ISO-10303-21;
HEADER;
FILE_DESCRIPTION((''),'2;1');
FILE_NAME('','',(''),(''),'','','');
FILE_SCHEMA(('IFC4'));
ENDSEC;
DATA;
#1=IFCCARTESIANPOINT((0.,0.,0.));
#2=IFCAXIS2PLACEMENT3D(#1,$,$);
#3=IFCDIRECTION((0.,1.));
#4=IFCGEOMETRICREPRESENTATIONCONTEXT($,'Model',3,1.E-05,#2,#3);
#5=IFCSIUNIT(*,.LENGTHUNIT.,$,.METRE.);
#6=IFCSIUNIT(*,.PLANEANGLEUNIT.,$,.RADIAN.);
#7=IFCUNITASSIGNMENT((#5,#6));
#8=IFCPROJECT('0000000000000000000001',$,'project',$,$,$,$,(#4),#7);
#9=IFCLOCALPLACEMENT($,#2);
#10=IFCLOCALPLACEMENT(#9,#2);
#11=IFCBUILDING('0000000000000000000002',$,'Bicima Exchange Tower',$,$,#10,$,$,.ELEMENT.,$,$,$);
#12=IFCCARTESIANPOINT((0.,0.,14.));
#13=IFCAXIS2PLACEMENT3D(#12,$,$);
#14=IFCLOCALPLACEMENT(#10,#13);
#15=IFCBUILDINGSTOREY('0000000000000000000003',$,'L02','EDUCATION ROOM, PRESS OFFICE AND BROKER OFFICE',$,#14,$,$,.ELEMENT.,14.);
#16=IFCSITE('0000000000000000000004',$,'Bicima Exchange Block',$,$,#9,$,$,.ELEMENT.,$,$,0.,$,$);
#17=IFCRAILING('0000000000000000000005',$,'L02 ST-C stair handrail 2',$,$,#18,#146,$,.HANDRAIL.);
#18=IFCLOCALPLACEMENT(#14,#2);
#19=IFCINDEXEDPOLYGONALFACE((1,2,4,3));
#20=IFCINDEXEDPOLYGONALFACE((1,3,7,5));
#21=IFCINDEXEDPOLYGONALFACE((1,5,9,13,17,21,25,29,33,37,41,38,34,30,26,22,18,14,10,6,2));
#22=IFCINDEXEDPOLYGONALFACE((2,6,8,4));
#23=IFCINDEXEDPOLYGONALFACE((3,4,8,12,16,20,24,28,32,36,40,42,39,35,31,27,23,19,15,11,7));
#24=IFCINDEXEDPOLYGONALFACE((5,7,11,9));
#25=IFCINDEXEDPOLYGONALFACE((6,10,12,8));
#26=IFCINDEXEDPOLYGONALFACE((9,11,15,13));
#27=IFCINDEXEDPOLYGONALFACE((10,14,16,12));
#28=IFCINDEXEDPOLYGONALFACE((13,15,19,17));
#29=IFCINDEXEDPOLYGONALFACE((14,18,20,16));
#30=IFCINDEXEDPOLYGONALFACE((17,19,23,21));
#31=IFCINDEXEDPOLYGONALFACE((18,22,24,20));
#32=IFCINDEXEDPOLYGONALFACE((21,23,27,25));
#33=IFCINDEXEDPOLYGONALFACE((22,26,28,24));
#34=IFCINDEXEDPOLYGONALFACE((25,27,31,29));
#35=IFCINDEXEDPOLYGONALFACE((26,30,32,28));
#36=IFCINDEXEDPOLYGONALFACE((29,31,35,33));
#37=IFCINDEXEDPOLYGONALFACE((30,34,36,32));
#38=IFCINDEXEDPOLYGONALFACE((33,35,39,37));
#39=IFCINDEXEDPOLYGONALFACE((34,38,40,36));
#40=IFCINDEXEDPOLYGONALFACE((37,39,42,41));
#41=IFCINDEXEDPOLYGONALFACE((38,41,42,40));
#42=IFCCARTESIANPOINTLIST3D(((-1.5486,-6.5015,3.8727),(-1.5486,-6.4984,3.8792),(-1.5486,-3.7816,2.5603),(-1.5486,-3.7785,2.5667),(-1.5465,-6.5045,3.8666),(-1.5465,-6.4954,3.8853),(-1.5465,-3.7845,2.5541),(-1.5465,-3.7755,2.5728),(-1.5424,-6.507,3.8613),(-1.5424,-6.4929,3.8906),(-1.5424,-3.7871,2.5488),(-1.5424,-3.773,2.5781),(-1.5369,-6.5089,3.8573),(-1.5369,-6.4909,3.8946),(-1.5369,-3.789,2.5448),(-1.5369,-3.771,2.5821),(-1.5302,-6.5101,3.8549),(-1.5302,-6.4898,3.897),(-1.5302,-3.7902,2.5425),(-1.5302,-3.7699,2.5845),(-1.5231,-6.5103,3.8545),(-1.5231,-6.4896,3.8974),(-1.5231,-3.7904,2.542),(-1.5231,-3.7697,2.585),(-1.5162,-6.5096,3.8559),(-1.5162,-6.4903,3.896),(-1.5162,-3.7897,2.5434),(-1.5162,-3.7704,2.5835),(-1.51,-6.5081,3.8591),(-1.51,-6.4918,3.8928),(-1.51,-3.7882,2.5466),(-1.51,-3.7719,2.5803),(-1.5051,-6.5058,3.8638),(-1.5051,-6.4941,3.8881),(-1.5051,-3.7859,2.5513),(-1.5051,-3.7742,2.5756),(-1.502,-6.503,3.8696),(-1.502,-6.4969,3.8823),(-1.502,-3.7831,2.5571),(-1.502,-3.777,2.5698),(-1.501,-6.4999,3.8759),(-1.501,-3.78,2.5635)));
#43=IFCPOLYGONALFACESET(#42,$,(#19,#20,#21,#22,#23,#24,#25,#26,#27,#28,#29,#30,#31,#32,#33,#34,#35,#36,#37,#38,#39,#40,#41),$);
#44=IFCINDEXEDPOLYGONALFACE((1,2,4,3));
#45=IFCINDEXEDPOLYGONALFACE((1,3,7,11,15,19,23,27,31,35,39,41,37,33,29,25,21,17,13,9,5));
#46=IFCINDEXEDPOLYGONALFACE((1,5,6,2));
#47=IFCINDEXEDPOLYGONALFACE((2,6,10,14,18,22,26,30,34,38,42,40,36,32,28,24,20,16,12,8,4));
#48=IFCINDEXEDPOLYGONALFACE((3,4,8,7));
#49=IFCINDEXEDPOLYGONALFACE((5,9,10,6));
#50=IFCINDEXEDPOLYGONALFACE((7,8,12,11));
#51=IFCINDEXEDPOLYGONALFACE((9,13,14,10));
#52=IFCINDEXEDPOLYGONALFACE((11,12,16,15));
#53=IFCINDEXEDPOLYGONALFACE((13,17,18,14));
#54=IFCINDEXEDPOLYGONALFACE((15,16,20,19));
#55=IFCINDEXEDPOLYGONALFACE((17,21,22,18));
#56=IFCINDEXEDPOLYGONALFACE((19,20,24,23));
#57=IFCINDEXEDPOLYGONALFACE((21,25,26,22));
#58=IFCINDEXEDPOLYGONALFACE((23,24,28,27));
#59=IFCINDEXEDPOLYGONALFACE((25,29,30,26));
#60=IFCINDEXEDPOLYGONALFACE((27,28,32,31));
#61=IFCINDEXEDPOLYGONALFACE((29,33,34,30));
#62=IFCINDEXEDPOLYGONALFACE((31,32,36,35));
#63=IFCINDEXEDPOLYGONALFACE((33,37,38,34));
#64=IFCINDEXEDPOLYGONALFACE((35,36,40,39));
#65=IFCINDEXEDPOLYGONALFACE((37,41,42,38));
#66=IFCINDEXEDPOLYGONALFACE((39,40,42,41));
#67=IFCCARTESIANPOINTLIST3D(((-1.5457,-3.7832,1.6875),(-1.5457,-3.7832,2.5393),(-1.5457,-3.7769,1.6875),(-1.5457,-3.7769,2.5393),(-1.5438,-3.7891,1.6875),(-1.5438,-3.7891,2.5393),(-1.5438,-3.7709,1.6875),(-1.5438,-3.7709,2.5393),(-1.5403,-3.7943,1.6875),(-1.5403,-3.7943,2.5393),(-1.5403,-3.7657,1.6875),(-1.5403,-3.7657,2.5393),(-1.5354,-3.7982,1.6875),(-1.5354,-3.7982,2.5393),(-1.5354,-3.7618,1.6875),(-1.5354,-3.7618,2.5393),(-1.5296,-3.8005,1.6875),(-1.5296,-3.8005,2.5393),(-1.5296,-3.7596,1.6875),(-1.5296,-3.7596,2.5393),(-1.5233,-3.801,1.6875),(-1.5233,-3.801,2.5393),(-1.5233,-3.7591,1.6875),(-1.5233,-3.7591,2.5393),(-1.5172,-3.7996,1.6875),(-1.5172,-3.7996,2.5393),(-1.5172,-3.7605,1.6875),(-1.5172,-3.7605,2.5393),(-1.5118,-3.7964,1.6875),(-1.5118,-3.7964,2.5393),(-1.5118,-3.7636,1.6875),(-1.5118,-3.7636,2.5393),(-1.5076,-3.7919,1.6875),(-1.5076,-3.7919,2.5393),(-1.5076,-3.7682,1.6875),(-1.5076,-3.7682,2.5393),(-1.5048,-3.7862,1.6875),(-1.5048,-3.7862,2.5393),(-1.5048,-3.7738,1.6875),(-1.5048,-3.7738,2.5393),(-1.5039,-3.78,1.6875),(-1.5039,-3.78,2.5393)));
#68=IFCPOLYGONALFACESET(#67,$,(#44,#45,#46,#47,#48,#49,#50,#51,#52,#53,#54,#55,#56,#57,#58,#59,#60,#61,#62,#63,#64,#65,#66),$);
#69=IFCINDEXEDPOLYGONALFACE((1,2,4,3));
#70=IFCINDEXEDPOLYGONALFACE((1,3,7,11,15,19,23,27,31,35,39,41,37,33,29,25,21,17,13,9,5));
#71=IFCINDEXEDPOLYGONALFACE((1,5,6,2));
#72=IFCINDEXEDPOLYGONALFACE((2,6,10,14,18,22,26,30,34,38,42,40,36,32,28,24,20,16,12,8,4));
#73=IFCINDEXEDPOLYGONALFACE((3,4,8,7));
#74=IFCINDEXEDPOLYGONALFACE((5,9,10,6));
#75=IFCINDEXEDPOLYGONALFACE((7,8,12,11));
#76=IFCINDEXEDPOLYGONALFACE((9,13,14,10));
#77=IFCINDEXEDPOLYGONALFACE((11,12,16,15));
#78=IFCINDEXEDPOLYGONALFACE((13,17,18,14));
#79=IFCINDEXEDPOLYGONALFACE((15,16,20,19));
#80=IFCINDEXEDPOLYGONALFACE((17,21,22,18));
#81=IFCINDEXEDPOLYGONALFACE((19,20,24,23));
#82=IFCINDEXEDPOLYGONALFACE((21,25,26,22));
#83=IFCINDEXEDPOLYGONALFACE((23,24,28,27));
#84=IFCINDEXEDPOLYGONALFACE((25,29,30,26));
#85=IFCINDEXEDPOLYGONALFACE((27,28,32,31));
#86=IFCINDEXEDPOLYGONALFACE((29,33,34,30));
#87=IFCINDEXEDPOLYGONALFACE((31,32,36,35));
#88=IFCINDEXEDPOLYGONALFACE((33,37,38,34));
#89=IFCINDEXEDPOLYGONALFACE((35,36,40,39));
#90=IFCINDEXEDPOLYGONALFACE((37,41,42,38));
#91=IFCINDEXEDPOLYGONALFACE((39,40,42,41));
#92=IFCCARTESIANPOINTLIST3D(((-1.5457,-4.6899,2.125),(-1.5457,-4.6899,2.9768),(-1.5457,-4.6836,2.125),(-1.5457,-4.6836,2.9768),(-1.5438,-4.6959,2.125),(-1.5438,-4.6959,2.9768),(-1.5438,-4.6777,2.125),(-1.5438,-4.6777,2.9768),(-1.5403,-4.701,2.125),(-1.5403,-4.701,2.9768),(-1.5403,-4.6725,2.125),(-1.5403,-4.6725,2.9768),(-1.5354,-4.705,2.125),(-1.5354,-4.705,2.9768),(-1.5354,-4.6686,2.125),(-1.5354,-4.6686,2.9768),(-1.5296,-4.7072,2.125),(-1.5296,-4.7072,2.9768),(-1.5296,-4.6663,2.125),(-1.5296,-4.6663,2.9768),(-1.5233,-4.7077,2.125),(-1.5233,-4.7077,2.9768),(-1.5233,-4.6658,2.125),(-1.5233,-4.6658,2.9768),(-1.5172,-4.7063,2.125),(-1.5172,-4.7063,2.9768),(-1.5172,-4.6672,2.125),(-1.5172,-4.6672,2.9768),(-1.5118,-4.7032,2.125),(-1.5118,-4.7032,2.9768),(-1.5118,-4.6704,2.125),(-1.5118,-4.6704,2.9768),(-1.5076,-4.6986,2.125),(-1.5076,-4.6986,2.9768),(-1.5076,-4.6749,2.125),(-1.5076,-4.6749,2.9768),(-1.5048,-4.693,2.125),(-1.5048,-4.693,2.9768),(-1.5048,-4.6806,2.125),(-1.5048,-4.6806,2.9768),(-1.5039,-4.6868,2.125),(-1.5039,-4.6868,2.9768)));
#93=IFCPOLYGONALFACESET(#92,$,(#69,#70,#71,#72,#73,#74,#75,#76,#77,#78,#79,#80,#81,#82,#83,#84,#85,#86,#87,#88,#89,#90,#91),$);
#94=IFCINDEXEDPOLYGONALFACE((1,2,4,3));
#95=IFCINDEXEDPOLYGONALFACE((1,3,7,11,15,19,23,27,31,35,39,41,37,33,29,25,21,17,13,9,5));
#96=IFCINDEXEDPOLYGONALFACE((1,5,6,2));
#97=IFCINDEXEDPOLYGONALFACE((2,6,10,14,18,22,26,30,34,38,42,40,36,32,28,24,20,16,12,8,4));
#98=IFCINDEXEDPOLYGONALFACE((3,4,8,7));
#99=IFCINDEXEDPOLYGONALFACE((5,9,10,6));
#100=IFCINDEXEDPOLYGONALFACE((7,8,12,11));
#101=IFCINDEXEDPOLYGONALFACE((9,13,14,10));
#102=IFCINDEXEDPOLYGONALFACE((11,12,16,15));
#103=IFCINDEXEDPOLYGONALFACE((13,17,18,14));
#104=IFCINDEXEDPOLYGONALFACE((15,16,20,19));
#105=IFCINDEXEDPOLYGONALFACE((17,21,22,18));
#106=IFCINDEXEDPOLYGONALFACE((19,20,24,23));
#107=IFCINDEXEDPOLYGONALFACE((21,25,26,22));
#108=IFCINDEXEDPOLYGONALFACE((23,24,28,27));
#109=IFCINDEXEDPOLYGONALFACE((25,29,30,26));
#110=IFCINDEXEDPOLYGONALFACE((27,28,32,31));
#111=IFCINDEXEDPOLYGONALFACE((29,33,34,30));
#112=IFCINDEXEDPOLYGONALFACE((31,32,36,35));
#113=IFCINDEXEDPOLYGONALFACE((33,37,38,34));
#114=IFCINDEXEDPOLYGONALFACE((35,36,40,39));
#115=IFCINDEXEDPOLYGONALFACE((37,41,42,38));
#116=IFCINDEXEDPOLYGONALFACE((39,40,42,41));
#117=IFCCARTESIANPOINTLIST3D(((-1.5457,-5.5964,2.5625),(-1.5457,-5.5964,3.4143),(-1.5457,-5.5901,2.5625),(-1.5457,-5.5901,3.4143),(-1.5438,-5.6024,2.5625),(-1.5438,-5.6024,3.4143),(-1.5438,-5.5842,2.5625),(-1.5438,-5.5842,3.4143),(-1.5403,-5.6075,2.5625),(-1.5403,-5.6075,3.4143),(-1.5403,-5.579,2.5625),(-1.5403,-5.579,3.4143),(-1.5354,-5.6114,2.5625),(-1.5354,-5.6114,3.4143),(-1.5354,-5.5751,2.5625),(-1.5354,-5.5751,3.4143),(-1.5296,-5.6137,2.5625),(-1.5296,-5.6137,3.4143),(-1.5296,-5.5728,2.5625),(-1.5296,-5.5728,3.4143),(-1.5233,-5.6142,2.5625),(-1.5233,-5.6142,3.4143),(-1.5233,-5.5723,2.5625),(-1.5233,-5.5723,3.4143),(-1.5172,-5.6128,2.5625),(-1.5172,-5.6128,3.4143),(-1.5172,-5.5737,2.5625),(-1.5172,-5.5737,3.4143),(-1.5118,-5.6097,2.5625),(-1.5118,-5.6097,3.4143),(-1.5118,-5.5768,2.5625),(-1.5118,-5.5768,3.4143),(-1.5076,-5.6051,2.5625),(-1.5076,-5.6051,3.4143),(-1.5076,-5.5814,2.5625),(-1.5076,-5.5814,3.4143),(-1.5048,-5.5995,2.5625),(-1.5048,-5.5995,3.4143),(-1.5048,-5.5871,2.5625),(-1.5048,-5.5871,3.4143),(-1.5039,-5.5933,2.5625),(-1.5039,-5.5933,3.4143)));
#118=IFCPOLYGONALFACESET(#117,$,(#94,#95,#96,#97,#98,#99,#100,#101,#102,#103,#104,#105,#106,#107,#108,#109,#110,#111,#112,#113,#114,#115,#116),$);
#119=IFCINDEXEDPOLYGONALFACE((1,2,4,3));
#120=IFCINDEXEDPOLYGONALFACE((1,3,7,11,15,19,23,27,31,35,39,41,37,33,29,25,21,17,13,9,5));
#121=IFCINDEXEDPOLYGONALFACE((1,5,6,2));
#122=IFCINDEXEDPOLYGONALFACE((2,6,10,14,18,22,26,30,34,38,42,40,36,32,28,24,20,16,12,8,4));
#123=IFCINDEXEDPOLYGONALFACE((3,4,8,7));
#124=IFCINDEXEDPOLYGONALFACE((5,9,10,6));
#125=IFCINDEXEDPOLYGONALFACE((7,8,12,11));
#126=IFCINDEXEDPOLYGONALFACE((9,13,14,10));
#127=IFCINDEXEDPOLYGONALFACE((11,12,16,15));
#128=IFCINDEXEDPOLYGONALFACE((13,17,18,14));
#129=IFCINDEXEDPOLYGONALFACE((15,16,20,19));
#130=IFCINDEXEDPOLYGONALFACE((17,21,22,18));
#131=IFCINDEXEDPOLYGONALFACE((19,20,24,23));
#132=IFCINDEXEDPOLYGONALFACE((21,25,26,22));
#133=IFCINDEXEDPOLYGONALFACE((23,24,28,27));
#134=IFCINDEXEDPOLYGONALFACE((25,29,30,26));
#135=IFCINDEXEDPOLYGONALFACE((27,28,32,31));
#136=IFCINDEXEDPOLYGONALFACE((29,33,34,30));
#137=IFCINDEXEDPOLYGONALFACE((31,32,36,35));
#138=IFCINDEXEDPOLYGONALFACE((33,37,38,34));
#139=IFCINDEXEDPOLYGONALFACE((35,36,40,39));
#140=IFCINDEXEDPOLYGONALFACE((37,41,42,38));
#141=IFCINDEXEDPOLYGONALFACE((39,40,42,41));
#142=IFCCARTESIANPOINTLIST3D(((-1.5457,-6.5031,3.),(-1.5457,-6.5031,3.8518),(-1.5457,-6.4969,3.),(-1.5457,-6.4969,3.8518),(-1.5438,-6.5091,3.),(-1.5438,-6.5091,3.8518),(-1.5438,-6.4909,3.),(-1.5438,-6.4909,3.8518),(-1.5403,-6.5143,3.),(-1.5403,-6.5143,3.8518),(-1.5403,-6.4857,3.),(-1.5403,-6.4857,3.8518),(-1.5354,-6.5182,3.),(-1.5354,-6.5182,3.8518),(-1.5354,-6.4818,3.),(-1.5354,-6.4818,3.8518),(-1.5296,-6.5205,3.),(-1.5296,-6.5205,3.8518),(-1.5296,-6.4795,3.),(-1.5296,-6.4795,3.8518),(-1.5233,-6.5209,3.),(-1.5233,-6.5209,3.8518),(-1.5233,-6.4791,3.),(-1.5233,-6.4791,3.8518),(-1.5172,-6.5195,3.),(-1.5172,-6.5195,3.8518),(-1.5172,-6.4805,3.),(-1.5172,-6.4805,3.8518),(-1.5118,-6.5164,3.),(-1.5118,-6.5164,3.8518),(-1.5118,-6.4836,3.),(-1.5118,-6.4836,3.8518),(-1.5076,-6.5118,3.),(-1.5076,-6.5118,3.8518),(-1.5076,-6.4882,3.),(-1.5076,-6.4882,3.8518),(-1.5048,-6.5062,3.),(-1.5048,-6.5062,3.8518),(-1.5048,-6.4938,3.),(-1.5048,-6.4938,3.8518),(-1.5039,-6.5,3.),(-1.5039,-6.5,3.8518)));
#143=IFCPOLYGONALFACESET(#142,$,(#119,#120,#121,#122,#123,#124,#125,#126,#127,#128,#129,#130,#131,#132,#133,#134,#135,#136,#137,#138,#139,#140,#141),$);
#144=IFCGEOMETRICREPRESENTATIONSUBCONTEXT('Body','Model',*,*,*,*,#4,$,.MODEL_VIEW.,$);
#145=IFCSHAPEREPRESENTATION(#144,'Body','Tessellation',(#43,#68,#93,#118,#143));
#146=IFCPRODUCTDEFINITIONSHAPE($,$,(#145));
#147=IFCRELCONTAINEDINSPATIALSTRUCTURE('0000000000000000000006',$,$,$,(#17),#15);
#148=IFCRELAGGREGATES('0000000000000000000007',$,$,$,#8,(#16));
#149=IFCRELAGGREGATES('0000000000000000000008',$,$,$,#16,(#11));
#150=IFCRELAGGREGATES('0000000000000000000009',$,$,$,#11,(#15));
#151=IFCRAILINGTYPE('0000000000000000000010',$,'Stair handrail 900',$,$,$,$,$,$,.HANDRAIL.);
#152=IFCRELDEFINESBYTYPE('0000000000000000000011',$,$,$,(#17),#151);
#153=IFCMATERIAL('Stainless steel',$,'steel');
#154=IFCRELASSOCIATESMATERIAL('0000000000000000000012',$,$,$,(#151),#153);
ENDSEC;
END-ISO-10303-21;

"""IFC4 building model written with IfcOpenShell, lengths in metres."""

from ifc_helpers import new_model, si_unit, direction, frame, origin, origin_2d, place, context, subcontext, project, spatial, circle, extrude, material, type_object, element, save


model = new_model("IFC4")

# Units and contexts
model_context = context("Model", 3, precision=1e-05, world=origin(), true_north=direction((0.0, 1.0)))
body_context = subcontext(model_context, "Body", "Model", "MODEL_VIEW")
ifc_project = project(units=[si_unit("LENGTHUNIT", "METRE"), si_unit("PLANEANGLEUNIT", "RADIAN")], contexts=[model_context])

# Site, building, storey
site_placement = place(None, origin())
site = spatial("IfcSite", under=ifc_project, at=site_placement, Name="Bicima Exchange Block", CompositionType="ELEMENT", RefElevation=0.0)
building_placement = place(site_placement, origin())
building = spatial("IfcBuilding", under=site, at=building_placement, Name="Bicima Exchange Tower", CompositionType="ELEMENT")
storey_placement = place(building_placement, frame((0.0, 0.0, 14.0)))
storey = spatial("IfcBuildingStorey", under=building, at=storey_placement, Name="L02", Description="EDUCATION ROOM, PRESS OFFICE AND BROKER OFFICE", CompositionType="ELEMENT", Elevation=14.0)

# Shared definitions
ifc_material_1 = material(Name="Stainless steel", Category="steel")

# Railing
railing_type = type_object("IfcRailingType", Name="Stair handrail 900", PredefinedType="HANDRAIL", material=ifc_material_1)
for number, where, name in (
    (1, (-1.5249, -3.78, 1.6875), "L02 ST-C stair handrail 2"),
):
    element("IfcRailing", number, at=place(storey_placement, frame(where)), inside=storey, type_object=railing_type, Name=name, PredefinedType="HANDRAIL", context=body_context, shape_type="SweptSolid", body=[
        extrude(circle(Radius=0.0239, at=origin_2d()), frame((0.0, 0.0, 0.876), z_axis=(0.0, -0.900628, 0.434591), x_axis=(1.0, 0.0, 0.0)), (0.0, 0.0, 1.0), 3.02),
        extrude(circle(Radius=0.021, at=origin_2d()), origin(), (0.0, 0.0, 1.0), 0.8518),
        extrude(circle(Radius=0.021, at=origin_2d()), frame((0.0, -0.9067, 0.4375)), (0.0, 0.0, 1.0), 0.8518),
        extrude(circle(Radius=0.021, at=origin_2d()), frame((0.0, -1.8132, 0.875)), (0.0, 0.0, 1.0), 0.8518),
        extrude(circle(Radius=0.021, at=origin_2d()), frame((0.0, -2.72, 1.3125)), (0.0, 0.0, 1.0), 0.8518),
    ])

save(model, "model.ifc")
